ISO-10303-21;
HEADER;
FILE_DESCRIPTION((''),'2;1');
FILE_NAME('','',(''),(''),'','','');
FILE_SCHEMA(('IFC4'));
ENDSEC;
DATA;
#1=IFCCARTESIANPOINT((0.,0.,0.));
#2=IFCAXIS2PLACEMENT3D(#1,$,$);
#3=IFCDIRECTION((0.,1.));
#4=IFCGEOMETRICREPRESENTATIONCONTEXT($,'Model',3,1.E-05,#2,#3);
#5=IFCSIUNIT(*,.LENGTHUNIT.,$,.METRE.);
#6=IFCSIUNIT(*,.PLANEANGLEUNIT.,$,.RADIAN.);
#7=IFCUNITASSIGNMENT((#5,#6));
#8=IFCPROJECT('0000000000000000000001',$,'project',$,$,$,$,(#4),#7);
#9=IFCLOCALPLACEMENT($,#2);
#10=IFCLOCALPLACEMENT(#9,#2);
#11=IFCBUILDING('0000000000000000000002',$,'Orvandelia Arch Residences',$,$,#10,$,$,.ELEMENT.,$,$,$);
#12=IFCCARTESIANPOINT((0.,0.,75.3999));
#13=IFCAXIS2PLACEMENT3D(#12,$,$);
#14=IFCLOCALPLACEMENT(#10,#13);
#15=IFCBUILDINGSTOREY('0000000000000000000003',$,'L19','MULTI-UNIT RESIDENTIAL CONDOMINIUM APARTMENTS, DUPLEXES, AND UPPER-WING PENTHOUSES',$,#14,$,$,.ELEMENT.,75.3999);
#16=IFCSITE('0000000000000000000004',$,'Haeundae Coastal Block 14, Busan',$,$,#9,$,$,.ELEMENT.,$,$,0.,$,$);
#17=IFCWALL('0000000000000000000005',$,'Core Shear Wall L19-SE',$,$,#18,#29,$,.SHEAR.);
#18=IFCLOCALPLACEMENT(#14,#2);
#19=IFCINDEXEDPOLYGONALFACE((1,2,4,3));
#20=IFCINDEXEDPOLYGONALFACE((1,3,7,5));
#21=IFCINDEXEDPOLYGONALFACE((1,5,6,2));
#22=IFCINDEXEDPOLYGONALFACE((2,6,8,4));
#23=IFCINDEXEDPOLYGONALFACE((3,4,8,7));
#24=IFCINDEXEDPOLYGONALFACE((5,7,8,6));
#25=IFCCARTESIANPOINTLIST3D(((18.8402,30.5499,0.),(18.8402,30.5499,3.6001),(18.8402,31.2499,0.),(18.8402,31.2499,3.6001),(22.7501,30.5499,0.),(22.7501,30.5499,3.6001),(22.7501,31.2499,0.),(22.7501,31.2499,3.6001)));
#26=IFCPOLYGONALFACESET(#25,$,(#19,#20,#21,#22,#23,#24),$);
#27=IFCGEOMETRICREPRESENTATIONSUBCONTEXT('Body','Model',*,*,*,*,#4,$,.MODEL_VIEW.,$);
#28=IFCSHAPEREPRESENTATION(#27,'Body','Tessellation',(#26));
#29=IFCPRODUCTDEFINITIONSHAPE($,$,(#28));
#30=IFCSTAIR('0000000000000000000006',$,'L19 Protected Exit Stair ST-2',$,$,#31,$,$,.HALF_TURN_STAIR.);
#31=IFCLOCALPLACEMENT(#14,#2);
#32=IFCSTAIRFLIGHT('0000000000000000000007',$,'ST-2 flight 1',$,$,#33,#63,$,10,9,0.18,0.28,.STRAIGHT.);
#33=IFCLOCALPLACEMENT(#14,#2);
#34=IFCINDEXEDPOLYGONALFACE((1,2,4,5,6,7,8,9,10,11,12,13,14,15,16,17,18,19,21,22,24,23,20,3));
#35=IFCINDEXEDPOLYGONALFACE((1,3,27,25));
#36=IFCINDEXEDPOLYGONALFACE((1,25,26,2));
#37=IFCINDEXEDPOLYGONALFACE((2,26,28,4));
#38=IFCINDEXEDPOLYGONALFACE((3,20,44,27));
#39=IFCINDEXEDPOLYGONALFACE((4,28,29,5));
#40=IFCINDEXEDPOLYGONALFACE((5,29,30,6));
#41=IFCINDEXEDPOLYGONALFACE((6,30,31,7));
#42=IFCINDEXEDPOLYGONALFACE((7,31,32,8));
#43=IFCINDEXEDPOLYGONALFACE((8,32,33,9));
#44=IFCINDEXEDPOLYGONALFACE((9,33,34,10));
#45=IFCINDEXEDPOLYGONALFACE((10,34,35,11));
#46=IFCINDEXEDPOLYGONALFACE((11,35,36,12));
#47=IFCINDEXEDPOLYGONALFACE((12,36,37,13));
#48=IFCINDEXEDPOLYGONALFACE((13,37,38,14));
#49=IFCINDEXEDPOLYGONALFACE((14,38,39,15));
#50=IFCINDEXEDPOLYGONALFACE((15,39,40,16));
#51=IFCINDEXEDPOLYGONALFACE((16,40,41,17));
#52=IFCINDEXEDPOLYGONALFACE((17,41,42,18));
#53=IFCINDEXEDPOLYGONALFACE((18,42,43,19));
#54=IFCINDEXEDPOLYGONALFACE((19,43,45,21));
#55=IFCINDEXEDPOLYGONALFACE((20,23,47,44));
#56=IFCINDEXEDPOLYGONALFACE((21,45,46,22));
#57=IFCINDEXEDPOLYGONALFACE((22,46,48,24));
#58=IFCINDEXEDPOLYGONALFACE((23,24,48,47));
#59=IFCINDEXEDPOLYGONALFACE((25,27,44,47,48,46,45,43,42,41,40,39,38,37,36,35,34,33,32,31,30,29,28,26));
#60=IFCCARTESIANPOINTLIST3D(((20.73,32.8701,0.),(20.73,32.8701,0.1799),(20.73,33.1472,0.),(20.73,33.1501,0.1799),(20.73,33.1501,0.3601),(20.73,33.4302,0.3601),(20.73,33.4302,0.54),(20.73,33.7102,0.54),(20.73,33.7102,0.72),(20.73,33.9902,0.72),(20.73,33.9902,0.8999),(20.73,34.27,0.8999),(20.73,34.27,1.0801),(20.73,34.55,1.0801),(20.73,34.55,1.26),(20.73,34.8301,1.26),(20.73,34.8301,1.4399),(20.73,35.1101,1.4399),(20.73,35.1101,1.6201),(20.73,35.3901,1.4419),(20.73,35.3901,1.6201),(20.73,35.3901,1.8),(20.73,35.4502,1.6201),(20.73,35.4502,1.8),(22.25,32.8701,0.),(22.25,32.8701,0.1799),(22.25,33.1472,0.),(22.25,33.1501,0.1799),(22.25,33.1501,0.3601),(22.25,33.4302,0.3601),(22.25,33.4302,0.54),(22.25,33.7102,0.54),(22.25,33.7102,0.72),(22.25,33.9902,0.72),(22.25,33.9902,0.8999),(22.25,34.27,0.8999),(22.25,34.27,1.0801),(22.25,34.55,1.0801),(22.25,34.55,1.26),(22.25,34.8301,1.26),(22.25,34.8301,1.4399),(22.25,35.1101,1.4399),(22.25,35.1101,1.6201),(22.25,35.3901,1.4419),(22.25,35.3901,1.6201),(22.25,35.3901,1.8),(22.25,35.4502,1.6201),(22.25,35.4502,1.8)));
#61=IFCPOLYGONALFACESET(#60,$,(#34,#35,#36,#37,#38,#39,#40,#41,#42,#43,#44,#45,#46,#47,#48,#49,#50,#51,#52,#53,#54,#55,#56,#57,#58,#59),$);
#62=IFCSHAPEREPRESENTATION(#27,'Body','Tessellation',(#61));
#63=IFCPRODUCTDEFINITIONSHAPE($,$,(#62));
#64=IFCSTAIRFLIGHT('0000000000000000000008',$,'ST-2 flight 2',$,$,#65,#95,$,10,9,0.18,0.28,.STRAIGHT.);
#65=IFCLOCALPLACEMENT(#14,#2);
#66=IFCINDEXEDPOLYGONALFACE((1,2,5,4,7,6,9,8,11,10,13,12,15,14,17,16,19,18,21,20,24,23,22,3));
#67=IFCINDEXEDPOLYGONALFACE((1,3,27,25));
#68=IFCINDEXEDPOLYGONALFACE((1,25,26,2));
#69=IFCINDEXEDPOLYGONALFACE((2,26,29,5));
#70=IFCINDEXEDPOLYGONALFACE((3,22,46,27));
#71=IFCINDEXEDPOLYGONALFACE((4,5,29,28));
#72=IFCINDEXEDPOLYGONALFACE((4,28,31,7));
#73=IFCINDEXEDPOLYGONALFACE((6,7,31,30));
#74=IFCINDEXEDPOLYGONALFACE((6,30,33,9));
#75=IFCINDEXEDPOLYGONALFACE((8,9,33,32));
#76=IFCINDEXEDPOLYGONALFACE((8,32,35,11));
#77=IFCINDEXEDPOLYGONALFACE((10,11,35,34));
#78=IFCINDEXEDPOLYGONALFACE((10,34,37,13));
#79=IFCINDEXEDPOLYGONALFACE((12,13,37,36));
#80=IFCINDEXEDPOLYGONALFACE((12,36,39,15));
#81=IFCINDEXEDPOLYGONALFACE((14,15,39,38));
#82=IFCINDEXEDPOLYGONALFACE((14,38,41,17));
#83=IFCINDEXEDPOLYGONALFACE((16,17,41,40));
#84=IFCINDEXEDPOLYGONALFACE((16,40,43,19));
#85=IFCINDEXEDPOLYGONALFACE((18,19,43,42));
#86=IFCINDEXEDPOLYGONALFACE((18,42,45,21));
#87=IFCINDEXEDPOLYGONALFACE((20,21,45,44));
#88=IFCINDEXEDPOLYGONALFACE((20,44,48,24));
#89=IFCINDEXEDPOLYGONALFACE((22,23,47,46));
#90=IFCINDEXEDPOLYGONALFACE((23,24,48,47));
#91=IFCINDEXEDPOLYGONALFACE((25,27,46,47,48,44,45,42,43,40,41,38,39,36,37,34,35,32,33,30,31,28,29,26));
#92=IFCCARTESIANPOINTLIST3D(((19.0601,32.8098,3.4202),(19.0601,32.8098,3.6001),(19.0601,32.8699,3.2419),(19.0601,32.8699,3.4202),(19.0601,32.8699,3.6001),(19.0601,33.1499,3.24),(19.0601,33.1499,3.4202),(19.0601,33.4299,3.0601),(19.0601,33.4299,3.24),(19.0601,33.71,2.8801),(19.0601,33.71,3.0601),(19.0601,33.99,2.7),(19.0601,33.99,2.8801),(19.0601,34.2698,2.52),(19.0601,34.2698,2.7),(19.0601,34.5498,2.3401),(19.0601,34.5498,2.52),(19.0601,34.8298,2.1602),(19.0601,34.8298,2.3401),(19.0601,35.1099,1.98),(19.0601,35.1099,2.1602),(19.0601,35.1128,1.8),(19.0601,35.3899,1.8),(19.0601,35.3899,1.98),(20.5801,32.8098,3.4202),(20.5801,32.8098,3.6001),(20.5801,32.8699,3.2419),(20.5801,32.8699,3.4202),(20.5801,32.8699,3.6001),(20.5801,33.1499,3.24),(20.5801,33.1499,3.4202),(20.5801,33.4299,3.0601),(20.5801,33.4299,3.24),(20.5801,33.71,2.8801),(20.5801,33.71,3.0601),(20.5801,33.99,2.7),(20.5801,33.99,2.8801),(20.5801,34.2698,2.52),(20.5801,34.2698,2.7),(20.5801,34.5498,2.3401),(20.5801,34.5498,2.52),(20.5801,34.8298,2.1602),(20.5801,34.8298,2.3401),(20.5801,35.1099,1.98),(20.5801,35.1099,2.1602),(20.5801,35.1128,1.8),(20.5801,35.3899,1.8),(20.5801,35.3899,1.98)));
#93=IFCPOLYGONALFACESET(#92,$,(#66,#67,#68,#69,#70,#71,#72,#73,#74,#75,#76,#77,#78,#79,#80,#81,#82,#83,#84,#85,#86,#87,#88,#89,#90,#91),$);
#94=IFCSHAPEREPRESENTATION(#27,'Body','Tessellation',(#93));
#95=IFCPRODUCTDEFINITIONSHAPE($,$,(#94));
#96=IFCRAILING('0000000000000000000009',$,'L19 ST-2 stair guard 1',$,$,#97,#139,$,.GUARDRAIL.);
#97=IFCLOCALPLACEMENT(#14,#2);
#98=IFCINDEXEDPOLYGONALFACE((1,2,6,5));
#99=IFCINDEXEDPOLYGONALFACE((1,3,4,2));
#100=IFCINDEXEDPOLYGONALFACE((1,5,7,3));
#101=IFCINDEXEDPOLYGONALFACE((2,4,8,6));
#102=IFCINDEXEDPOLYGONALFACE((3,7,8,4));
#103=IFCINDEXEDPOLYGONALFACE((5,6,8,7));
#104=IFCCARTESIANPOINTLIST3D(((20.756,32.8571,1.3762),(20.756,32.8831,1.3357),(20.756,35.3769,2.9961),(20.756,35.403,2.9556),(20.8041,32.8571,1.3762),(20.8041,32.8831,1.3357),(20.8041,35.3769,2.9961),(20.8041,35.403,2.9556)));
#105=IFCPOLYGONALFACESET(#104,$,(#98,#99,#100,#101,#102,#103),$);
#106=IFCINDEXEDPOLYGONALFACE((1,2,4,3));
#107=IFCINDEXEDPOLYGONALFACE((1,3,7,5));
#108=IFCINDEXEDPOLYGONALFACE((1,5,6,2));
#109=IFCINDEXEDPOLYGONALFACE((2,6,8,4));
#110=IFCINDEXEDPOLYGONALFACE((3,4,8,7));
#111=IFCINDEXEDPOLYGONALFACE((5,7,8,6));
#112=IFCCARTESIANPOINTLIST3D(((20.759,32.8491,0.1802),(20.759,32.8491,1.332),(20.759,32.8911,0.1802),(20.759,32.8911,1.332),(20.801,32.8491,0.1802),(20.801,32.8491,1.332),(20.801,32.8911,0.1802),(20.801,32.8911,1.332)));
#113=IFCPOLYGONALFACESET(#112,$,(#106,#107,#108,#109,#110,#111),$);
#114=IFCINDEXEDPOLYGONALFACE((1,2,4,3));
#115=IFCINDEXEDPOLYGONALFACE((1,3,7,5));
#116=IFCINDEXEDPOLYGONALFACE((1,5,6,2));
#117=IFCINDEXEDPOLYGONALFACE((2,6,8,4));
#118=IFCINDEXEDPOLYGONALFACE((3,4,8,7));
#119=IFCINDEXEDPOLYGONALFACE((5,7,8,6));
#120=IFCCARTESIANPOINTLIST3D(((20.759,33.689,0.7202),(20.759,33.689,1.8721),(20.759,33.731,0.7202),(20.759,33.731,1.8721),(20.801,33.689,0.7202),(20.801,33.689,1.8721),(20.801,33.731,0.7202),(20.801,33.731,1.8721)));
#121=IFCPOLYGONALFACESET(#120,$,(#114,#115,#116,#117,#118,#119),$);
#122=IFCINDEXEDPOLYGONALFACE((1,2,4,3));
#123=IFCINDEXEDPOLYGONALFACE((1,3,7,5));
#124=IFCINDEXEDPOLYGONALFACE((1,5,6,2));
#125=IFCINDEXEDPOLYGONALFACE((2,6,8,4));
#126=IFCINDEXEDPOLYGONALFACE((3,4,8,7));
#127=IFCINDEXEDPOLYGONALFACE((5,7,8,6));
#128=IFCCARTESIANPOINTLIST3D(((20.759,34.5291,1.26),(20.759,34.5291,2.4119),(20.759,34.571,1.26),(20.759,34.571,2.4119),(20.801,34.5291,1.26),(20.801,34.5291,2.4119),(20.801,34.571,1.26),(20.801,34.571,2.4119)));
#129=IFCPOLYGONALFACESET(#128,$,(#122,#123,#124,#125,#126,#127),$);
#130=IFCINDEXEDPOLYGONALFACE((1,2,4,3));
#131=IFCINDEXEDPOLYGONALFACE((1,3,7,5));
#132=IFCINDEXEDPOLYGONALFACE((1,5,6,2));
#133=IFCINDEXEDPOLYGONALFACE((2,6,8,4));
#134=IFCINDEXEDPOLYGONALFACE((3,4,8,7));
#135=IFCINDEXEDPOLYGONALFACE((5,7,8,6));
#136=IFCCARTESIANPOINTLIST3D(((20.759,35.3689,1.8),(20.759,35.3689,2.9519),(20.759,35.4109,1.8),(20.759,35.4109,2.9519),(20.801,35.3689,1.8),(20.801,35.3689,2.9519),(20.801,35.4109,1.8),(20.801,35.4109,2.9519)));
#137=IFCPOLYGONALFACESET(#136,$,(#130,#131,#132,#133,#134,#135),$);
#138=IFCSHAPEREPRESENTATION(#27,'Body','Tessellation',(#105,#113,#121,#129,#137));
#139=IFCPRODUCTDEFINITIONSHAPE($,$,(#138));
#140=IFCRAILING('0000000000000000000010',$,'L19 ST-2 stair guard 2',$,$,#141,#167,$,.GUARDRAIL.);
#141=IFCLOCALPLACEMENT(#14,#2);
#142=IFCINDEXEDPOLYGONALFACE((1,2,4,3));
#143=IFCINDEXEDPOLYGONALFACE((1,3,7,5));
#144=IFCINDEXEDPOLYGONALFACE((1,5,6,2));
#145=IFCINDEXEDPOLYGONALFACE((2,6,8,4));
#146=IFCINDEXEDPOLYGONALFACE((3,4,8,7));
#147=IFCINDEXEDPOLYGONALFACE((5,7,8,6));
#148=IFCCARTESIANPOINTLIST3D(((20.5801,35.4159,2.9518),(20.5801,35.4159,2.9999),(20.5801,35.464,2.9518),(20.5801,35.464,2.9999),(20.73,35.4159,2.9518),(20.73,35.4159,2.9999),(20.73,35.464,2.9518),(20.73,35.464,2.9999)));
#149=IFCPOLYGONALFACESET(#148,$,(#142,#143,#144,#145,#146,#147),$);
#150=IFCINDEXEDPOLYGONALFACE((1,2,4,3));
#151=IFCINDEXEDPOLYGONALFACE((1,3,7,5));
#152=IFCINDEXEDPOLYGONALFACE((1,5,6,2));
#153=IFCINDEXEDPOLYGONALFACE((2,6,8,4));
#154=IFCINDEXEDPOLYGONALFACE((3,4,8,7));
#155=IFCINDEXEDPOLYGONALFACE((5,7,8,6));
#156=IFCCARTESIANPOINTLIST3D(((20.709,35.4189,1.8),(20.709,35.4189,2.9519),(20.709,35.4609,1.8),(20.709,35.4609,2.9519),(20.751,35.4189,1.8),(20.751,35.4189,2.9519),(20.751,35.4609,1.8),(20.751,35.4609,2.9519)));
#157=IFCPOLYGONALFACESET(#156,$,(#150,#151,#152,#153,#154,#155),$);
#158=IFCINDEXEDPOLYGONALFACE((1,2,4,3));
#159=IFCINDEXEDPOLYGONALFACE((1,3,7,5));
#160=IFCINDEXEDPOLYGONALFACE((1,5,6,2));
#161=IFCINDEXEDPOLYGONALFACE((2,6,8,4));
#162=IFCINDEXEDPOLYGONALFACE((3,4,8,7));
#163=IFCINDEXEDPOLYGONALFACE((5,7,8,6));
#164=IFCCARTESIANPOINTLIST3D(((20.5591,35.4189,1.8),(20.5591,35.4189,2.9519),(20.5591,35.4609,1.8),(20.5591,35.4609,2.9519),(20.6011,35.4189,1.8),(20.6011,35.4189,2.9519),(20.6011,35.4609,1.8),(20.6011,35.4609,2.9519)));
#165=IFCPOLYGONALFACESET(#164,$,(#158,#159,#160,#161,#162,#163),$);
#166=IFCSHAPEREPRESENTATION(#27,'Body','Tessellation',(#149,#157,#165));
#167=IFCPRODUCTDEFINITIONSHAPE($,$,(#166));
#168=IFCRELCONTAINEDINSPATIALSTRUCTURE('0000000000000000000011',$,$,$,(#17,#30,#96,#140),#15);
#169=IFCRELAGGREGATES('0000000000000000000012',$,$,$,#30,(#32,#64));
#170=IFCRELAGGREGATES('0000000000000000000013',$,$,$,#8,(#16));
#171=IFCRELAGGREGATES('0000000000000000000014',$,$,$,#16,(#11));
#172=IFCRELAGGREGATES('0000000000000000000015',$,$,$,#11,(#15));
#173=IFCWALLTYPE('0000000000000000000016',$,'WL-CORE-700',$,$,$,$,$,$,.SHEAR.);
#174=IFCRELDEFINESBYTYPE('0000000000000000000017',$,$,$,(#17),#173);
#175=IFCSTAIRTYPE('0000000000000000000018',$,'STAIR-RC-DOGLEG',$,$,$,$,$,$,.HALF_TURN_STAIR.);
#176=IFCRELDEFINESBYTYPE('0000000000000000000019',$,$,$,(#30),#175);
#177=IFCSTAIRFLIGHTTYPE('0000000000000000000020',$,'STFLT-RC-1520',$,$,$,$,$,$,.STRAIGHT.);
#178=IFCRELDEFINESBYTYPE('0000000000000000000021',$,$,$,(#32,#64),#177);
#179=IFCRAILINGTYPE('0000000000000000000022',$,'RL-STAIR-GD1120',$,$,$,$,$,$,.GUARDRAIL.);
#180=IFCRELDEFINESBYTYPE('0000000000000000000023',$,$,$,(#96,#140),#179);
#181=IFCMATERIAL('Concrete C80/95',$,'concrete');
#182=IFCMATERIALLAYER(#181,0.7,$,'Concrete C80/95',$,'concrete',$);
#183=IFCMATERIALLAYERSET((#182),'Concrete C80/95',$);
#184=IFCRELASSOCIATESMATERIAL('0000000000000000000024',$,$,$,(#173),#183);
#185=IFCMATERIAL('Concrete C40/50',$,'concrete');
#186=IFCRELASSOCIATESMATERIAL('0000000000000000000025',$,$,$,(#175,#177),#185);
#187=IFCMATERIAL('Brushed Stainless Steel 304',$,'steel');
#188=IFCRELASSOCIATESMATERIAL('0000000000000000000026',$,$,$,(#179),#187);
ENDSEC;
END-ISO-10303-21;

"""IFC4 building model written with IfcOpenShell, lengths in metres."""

from ifc_helpers import new_model, si_unit, direction, frame, frame_2d, origin, origin_2d, place, context, subcontext, project, spatial, polyline, rectangle, outline, extrude, material, layer, layer_set, type_object, element, aggregate, save


model = new_model("IFC4")

# Units and contexts
model_context = context("Model", 3, precision=1e-05, world=origin(), true_north=direction((0.0, 1.0)))
body_context = subcontext(model_context, "Body", "Model", "MODEL_VIEW")
ifc_project = project(units=[si_unit("LENGTHUNIT", "METRE"), si_unit("PLANEANGLEUNIT", "RADIAN")], contexts=[model_context])

# Site, building, storey
site_placement = place(None, origin())
site = spatial("IfcSite", under=ifc_project, at=site_placement, Name="Haeundae Coastal Block 14, Busan", CompositionType="ELEMENT", RefElevation=0.0)
building_placement = place(site_placement, origin())
building = spatial("IfcBuilding", under=site, at=building_placement, Name="Orvandelia Arch Residences", CompositionType="ELEMENT")
storey_placement = place(building_placement, frame((0.0, 0.0, 75.3999)))
storey = spatial("IfcBuildingStorey", under=building, at=storey_placement, Name="L19", Description="MULTI-UNIT RESIDENTIAL CONDOMINIUM APARTMENTS, DUPLEXES, AND UPPER-WING PENTHOUSES", CompositionType="ELEMENT", Elevation=75.3999)

# Shared definitions
ifc_material_1 = material(Name="Concrete C80/95", Category="concrete")

# Shared definitions
ifc_layer_1 = layer(ifc_material_1, 0.7, Name="Concrete C80/95", Category="concrete")
ifc_layer_set_1 = layer_set([ifc_layer_1], Name="Concrete C80/95")
wall_type_1 = type_object("IfcWallType", Name="WL-CORE-700", PredefinedType="SHEAR", material=ifc_layer_set_1)

# Wall
wall_1_placement = place(storey_placement, frame((18.8401, 30.8999, 0.0), z_axis=(0.0, 0.0, 1.0), x_axis=(1.0, 0.0, 0.0)))
element("IfcWall", 1, at=wall_1_placement, inside=storey, type_object=wall_type_1, Name="Core Shear Wall L19-SE", PredefinedType="SHEAR", context=body_context, shape_type="SweptSolid", body=[
    extrude(rectangle(XDim=3.9099, YDim=0.7, at=frame_2d((1.9551, 0.0))), origin(), (0.0, 0.0, 1.0), 3.6001),
])

# Stair, stair flights
ifc_material_2 = material(Name="Concrete C40/50", Category="concrete")
stair_type = type_object("IfcStairType", Name="STAIR-RC-DOGLEG", PredefinedType="HALF_TURN_STAIR", material=ifc_material_2)
stair_placement = place(storey_placement, origin())
stair = element("IfcStair", 2, at=stair_placement, inside=storey, type_object=stair_type, Name="L19 Protected Exit Stair ST-2", PredefinedType="HALF_TURN_STAIR")
stair_flight_type = type_object("IfcStairFlightType", Name="STFLT-RC-1520", PredefinedType="STRAIGHT", material=ifc_material_2)
stair_flight_1_placement = place(storey_placement, frame((21.49, 32.8701, 0.0), z_axis=(0.0, 0.0, 1.0), x_axis=(0.0, 1.0, 0.0)))
stair_flight_1 = element("IfcStairFlight", 3, at=stair_flight_1_placement, type_object=stair_flight_type, Name="ST-2 flight 1", NumberOfRisers=10, NumberOfTreads=9, PredefinedType="STRAIGHT", RiserHeight=0.18, TreadLength=0.28, context=body_context, shape_type="SweptSolid", body=[
    extrude(outline(polyline([(0.0, 0.0), (0.0, 0.1799), (0.28, 0.1799), (0.28, 0.3601), (0.5601, 0.3601), (0.5601, 0.54), (0.8401, 0.54), (0.8401, 0.72), (1.1201, 0.72), (1.1201, 0.8999), (1.3999, 0.8999), (1.3999, 1.0801), (1.6799, 1.0801), (1.6799, 1.26), (1.96, 1.26), (1.96, 1.4399), (2.24, 1.4399), (2.24, 1.6201), (2.52, 1.6201), (2.52, 1.8), (2.5801, 1.8), (2.5801, 1.6201), (2.52, 1.4419), (0.2771, 0.0), (0.0, 0.0)])), frame((0.0, 0.76, 0.0), z_axis=(0.0, -1.0, 0.0), x_axis=(1.0, 0.0, 0.0)), (0.0, 0.0, 1.0), 1.52),
])
stair_flight_2_placement = place(storey_placement, frame((19.8201, 35.3899, 1.8), z_axis=(0.0, 0.0, 1.0), x_axis=(0.0, -1.0, 0.0)))
stair_flight_2 = element("IfcStairFlight", 4, at=stair_flight_2_placement, type_object=stair_flight_type, Name="ST-2 flight 2", NumberOfRisers=10, NumberOfTreads=9, PredefinedType="STRAIGHT", RiserHeight=0.18, TreadLength=0.28, context=body_context, shape_type="SweptSolid", body=[
    extrude(outline(polyline([(0.0, 0.0), (0.0, 0.1799), (0.28, 0.1799), (0.28, 0.3601), (0.5601, 0.3601), (0.5601, 0.54), (0.8401, 0.54), (0.8401, 0.72), (1.1201, 0.72), (1.1201, 0.8999), (1.3999, 0.8999), (1.3999, 1.0801), (1.6799, 1.0801), (1.6799, 1.26), (1.96, 1.26), (1.96, 1.4399), (2.24, 1.4399), (2.24, 1.6201), (2.52, 1.6201), (2.52, 1.8), (2.5801, 1.8), (2.5801, 1.6201), (2.52, 1.4419), (0.2771, 0.0), (0.0, 0.0)])), frame((0.0, 0.76, 0.0), z_axis=(0.0, -1.0, 0.0), x_axis=(1.0, 0.0, 0.0)), (0.0, 0.0, 1.0), 1.52),
])
aggregate(stair, [stair_flight_1, stair_flight_2])

# Railings
ifc_material_3 = material(Name="Brushed Stainless Steel 304", Category="steel")
railing_type_1 = type_object("IfcRailingType", Name="RL-STAIR-GD1120", PredefinedType="GUARDRAIL", material=ifc_material_3)
railing_1_placement = place(storey_placement, frame((20.78, 32.8701, 0.1802)))
element("IfcRailing", 5, at=railing_1_placement, inside=storey, type_object=railing_type_1, Name="L19 ST-2 stair guard 1", PredefinedType="GUARDRAIL", context=body_context, shape_type="SweptSolid", body=[
    extrude(rectangle(XDim=0.0481, YDim=0.0481, at=origin_2d()), frame((0.0, 0.0, 1.1758), z_axis=(0.0, 0.841176, 0.540762), x_axis=(-1.0, 0.0, 0.0)), (0.0, 0.0, 1.0), 2.9956),
    extrude(rectangle(XDim=0.042, YDim=0.042, at=origin_2d()), origin(), (0.0, 0.0, 1.0), 1.1519),
    extrude(rectangle(XDim=0.042, YDim=0.042, at=origin_2d()), frame((0.0, 0.8398, 0.54)), (0.0, 0.0, 1.0), 1.1519),
    extrude(rectangle(XDim=0.042, YDim=0.042, at=origin_2d()), frame((0.0, 1.6799, 1.0798)), (0.0, 0.0, 1.0), 1.1519),
    extrude(rectangle(XDim=0.042, YDim=0.042, at=origin_2d()), frame((0.0, 2.5198, 1.6199)), (0.0, 0.0, 1.0), 1.1519),
])
railing_2_placement = place(storey_placement, frame((20.73, 35.4399, 1.8)))
element("IfcRailing", 6, at=railing_2_placement, inside=storey, type_object=railing_type_1, Name="L19 ST-2 stair guard 2", PredefinedType="GUARDRAIL", context=body_context, shape_type="SweptSolid", body=[
    extrude(rectangle(XDim=0.0481, YDim=0.0481, at=origin_2d()), frame((0.0, 0.0, 1.1758), z_axis=(-1.0, 0.0, 0.0), x_axis=(0.0, -1.0, 0.0)), (0.0, 0.0, 1.0), 0.1499),
    extrude(rectangle(XDim=0.042, YDim=0.042, at=origin_2d()), origin(), (0.0, 0.0, 1.0), 1.1519),
    extrude(rectangle(XDim=0.042, YDim=0.042, at=origin_2d()), frame((-0.1499, 0.0, 0.0)), (0.0, 0.0, 1.0), 1.1519),
])

save(model, "model.ifc")
